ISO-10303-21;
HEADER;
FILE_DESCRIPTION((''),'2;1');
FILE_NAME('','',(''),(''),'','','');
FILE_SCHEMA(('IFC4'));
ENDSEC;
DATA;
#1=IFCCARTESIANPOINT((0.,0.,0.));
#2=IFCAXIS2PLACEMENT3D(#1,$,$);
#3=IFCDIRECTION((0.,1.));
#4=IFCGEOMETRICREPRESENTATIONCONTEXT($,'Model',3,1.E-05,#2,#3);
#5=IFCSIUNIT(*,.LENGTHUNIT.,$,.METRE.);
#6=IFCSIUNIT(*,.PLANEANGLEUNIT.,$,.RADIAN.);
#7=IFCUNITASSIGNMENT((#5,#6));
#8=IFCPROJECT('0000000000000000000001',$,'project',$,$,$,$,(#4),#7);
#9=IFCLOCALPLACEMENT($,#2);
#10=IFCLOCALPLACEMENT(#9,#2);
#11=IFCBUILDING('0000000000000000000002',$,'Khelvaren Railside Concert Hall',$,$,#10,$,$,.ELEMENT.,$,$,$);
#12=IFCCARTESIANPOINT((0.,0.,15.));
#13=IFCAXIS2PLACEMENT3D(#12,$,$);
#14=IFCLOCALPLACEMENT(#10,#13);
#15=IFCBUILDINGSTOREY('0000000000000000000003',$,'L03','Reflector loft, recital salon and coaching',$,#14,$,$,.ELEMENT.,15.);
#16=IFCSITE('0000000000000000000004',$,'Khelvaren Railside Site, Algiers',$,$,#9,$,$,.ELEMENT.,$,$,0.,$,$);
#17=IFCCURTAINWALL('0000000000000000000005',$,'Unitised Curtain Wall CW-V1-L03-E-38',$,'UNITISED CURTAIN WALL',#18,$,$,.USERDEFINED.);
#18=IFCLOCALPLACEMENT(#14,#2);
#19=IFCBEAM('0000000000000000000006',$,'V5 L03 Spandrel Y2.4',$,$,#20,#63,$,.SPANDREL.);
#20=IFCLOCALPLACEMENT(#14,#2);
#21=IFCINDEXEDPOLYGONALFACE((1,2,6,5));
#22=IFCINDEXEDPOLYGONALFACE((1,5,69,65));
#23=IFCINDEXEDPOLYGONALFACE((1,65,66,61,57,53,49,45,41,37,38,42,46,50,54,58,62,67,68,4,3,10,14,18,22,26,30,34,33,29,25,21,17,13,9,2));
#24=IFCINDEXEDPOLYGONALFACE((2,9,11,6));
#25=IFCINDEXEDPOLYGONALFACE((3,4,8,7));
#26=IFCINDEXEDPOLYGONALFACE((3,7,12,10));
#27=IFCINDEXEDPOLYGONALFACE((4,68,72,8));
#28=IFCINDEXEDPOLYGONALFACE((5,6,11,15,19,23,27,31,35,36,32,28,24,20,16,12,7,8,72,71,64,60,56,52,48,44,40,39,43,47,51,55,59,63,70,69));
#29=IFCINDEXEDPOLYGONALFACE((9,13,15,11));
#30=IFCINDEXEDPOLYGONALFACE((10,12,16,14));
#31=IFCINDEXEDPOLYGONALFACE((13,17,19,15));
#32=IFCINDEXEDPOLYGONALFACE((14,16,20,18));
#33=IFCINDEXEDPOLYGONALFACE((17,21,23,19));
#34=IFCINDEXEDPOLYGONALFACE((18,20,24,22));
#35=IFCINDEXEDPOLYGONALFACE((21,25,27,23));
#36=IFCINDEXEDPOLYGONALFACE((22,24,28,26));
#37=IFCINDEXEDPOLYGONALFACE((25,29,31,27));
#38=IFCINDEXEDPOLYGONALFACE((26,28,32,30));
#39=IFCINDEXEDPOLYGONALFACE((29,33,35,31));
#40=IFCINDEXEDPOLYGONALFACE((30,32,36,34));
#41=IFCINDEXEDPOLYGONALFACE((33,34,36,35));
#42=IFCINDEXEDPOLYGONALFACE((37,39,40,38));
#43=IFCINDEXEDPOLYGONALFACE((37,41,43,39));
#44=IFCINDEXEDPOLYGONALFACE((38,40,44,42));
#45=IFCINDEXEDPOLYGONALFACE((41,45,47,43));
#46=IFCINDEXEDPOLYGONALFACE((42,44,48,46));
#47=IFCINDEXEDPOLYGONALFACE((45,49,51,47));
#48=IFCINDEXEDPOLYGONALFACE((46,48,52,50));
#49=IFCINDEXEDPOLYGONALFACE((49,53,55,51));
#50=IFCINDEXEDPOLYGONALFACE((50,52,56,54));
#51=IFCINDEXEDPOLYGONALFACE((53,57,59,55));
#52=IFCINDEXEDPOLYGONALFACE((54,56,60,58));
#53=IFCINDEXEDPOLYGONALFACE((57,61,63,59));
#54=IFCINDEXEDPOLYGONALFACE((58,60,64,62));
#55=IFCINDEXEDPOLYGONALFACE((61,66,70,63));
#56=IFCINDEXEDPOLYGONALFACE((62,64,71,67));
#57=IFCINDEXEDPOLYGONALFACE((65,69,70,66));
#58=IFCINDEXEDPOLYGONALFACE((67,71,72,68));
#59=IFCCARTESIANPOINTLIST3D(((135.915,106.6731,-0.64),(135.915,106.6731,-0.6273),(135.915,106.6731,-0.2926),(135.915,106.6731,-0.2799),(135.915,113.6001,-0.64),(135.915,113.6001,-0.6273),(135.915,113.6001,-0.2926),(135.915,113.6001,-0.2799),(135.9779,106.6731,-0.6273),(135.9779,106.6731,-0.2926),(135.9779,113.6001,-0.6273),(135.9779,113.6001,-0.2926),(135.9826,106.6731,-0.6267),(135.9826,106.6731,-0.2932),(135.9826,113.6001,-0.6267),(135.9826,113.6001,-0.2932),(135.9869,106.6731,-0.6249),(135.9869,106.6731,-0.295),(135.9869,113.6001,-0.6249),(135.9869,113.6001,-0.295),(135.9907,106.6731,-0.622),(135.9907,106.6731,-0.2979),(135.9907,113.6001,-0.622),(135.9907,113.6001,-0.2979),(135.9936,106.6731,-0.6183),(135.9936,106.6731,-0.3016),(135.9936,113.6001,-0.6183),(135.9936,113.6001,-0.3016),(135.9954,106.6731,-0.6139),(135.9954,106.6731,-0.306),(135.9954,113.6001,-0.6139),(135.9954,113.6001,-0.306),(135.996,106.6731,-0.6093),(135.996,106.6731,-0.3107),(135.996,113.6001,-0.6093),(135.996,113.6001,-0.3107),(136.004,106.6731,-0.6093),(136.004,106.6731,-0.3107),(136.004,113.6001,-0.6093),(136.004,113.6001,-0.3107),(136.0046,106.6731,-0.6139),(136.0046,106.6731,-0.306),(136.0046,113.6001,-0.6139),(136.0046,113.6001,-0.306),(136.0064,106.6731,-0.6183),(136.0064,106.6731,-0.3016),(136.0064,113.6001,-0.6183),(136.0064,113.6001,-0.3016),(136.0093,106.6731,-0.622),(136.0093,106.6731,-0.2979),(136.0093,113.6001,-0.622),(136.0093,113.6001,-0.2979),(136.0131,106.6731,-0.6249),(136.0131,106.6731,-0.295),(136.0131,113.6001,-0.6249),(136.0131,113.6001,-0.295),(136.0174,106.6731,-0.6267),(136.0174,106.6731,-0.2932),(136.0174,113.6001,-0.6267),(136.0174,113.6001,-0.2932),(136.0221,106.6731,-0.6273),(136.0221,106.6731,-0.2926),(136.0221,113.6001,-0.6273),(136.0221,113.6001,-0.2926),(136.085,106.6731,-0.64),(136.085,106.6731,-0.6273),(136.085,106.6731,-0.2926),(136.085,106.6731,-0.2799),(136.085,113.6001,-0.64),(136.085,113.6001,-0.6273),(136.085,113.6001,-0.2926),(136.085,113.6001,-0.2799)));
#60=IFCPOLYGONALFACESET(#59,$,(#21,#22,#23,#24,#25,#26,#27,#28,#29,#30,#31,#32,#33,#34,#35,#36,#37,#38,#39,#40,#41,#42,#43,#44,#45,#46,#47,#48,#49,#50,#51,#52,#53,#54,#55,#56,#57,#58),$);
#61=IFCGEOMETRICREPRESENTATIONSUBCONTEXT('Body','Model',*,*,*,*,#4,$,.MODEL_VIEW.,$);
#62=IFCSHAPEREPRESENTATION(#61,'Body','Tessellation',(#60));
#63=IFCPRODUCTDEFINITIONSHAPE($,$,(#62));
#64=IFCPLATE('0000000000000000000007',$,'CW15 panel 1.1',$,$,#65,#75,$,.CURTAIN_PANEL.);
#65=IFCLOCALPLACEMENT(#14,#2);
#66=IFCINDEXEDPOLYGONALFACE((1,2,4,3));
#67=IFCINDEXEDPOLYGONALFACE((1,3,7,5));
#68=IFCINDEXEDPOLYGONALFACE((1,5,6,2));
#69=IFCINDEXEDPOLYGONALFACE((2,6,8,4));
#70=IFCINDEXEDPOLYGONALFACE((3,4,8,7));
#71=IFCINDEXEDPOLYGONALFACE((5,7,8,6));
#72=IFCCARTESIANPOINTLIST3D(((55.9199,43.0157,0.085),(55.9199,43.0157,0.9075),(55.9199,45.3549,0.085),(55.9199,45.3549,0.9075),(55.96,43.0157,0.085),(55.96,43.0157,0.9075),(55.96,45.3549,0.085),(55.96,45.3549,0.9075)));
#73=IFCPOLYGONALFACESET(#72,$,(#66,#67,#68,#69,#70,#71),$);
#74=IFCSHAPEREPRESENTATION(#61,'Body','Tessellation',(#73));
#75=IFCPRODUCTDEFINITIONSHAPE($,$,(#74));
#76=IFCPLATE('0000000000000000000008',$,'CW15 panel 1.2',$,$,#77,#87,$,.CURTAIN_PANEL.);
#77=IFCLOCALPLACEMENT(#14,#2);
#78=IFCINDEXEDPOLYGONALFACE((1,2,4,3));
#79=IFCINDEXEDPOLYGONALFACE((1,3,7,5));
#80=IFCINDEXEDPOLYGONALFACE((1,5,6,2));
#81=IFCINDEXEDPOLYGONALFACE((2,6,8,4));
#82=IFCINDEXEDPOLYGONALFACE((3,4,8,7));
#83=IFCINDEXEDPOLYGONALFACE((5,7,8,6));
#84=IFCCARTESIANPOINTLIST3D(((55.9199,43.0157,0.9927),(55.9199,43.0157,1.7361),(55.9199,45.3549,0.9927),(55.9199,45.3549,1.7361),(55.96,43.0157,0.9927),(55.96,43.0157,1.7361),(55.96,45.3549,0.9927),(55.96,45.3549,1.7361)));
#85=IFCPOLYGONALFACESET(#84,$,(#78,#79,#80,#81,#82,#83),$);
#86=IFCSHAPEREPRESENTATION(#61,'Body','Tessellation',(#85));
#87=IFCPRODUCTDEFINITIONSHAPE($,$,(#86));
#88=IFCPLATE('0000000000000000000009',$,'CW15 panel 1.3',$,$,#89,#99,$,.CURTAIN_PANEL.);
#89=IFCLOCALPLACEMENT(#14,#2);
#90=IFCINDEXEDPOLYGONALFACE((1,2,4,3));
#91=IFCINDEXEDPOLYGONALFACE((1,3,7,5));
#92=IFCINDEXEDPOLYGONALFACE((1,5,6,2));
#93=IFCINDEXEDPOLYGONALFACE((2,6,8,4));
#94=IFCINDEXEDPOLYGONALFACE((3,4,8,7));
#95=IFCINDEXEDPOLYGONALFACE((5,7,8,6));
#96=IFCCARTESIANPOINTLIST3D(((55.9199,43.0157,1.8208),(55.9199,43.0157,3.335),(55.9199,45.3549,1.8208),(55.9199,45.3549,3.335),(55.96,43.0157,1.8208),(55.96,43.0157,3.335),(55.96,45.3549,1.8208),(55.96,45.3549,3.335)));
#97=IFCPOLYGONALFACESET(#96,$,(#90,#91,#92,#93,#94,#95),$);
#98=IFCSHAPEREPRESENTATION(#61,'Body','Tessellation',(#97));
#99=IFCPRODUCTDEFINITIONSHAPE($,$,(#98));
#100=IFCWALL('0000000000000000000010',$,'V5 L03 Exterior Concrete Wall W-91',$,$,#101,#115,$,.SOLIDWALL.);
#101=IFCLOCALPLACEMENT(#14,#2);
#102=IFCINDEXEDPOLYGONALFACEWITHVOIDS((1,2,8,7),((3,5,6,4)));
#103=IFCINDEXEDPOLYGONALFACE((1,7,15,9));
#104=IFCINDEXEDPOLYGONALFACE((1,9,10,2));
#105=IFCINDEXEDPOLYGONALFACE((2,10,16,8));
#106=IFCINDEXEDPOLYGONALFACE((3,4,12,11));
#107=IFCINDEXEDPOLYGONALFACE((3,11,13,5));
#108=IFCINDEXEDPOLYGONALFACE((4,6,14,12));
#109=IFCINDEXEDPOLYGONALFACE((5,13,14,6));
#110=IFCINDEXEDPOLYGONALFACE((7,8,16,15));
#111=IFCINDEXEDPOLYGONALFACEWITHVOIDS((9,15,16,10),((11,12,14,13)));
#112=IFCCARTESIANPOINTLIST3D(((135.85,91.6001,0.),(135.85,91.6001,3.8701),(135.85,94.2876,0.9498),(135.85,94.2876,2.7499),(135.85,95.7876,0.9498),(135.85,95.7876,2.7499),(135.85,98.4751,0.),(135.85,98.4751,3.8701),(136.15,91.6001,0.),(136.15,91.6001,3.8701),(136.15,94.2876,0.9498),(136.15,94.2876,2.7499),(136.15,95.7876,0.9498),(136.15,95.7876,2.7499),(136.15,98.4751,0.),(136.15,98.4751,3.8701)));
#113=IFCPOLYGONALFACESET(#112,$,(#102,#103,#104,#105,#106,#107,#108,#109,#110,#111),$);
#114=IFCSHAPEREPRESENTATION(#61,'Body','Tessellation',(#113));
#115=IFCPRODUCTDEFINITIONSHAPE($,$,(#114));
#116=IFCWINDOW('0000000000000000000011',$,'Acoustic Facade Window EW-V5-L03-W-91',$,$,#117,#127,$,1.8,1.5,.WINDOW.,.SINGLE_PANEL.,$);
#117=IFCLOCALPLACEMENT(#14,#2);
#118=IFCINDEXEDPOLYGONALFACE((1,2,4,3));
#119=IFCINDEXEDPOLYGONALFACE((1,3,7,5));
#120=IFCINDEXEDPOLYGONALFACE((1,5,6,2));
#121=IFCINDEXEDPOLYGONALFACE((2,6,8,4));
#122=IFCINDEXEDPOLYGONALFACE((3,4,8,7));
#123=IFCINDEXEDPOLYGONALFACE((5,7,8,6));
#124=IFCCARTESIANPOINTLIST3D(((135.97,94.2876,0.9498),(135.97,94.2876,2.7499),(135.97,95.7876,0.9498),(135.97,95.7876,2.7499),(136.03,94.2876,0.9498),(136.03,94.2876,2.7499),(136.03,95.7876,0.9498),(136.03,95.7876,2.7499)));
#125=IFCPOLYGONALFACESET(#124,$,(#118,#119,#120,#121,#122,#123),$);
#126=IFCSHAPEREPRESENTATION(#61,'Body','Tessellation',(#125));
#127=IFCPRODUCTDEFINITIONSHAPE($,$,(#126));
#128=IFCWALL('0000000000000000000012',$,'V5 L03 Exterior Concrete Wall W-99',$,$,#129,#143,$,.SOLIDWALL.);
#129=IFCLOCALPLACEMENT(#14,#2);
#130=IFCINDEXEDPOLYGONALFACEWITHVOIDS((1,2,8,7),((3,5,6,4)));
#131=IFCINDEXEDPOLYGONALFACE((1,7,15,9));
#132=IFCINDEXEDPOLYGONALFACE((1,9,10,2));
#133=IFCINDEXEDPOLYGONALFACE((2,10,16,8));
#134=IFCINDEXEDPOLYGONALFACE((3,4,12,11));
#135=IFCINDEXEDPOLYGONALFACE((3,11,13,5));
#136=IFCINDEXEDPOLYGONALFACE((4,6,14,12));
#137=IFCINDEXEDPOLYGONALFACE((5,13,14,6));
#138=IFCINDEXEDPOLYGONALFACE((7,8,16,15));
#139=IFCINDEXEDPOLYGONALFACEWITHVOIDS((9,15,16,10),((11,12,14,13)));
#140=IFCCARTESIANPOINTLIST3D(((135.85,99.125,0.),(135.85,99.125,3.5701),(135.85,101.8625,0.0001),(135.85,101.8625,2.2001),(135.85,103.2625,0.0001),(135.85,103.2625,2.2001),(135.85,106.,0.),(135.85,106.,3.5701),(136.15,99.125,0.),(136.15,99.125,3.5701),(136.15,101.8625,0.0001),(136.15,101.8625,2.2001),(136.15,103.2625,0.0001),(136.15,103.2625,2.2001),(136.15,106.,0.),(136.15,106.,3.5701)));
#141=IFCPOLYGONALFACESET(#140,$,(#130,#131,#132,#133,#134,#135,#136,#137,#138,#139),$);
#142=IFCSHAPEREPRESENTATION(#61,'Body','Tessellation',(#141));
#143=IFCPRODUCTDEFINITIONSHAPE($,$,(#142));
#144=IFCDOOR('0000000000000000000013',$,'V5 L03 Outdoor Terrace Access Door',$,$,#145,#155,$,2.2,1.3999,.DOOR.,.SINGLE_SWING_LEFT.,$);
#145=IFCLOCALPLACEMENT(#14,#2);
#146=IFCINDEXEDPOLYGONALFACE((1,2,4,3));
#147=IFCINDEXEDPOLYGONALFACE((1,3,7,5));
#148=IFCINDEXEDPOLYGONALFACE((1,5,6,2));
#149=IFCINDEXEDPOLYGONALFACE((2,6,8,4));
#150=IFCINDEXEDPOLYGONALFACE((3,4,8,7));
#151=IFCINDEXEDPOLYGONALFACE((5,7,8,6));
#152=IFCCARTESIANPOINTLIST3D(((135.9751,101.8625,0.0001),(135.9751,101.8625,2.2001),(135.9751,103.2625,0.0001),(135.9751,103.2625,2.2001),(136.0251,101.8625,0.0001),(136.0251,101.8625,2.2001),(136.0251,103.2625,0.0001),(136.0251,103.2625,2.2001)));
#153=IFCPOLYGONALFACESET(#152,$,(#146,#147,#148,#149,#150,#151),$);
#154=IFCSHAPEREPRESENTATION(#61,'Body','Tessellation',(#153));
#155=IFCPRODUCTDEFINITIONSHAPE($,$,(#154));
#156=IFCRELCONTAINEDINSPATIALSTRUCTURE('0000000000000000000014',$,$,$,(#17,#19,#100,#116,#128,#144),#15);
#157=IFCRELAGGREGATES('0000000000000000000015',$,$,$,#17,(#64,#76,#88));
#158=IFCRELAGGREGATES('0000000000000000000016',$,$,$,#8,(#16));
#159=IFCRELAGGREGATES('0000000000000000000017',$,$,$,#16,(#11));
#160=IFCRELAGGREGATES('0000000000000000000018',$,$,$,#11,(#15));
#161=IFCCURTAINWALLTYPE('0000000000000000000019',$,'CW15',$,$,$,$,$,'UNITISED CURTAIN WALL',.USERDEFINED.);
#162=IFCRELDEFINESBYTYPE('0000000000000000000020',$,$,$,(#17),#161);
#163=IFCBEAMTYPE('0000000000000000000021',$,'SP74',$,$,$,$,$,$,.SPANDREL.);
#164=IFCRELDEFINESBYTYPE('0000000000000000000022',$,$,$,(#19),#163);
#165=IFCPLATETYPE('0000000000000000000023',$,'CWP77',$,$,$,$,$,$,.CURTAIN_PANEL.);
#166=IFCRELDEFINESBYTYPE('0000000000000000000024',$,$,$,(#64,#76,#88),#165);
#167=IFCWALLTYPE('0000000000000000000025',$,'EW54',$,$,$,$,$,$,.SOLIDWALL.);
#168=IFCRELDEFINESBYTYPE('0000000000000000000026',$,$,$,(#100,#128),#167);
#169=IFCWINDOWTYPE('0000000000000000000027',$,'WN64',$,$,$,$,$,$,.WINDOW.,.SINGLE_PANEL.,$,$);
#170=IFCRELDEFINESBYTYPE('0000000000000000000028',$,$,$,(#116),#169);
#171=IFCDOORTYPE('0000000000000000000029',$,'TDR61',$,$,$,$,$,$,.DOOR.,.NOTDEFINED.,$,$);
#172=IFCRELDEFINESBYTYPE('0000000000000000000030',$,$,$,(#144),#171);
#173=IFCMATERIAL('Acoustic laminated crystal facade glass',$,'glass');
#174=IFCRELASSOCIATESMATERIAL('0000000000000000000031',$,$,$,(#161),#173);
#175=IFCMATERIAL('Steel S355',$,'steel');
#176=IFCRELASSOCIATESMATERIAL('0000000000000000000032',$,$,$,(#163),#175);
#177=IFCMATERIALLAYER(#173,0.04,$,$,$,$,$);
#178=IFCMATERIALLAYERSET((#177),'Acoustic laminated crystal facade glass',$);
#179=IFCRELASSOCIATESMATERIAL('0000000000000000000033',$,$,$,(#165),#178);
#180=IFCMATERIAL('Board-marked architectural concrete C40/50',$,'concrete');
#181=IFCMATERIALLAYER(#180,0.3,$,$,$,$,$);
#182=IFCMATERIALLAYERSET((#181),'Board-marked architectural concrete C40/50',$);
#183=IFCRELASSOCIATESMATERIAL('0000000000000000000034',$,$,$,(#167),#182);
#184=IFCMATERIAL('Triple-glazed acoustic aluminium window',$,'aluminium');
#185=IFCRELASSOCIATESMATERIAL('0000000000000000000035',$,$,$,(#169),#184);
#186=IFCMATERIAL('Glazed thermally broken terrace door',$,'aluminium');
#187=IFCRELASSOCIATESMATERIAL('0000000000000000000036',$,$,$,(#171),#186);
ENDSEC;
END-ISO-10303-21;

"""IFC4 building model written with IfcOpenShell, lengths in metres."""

from ifc_helpers import new_model, si_unit, direction, frame, frame_2d, origin, origin_2d, place, context, subcontext, project, spatial, rectangle, i_section, extrude, material, layer, layer_set, material_profile, profile_set, type_object, element, fill, aggregate, save


model = new_model("IFC4")

# Units and contexts
model_context = context("Model", 3, precision=1e-05, world=origin(), true_north=direction((0.0, 1.0)))
body_context = subcontext(model_context, "Body", "Model", "MODEL_VIEW")
ifc_project = project(units=[si_unit("LENGTHUNIT", "METRE"), si_unit("PLANEANGLEUNIT", "RADIAN")], contexts=[model_context])

# Site, building, storey
site_placement = place(None, origin())
site = spatial("IfcSite", under=ifc_project, at=site_placement, Name="Khelvaren Railside Site, Algiers", CompositionType="ELEMENT", RefElevation=0.0)
building_placement = place(site_placement, origin())
building = spatial("IfcBuilding", under=site, at=building_placement, Name="Khelvaren Railside Concert Hall", CompositionType="ELEMENT")
storey_placement = place(building_placement, frame((0.0, 0.0, 15.0)))
storey = spatial("IfcBuildingStorey", under=building, at=storey_placement, Name="L03", Description="Reflector loft, recital salon and coaching", CompositionType="ELEMENT", Elevation=15.0)

# Curtain wall
ifc_material_1 = material(Name="Acoustic laminated crystal facade glass", Category="glass")
curtain_wall_type = type_object("IfcCurtainWallType", Name="CW15", ElementType="UNITISED CURTAIN WALL", PredefinedType="USERDEFINED", material=ifc_material_1)
curtain_wall_placement = place(storey_placement, origin())
curtain_wall = element("IfcCurtainWall", 1, at=curtain_wall_placement, inside=storey, type_object=curtain_wall_type, Name="Unitised Curtain Wall CW-V1-L03-E-38", ObjectType="UNITISED CURTAIN WALL", PredefinedType="USERDEFINED")

# Beam
ifc_material_2 = material(Name="Steel S355", Category="steel")
ifc_material_profile_1 = material_profile(ifc_material_2, i_section(OverallWidth=0.1699, OverallDepth=0.3601, WebThickness=0.0081, FlangeThickness=0.0127, FilletRadius=0.0181, at=origin_2d()), Name="IPE 360")
ifc_profile_set_1 = profile_set([ifc_material_profile_1], Name="Steel S355")
beam_type_1 = type_object("IfcBeamType", Name="SP74", PredefinedType="SPANDREL", material=ifc_profile_set_1)
beam_1_placement = place(storey_placement, frame((136.0, 106.6731, -0.46), z_axis=(0.0, 1.0, 0.0), x_axis=(-1.0, 0.0, 0.0)))
element("IfcBeam", 2, at=beam_1_placement, inside=storey, type_object=beam_type_1, Name="V5 L03 Spandrel Y2.4", PredefinedType="SPANDREL", context=body_context, shape_type="SweptSolid", body=[
    extrude(i_section(OverallWidth=0.1699, OverallDepth=0.3601, WebThickness=0.0081, FlangeThickness=0.0127, FilletRadius=0.0181, at=origin_2d()), origin(), (0.0, 0.0, 1.0), 6.927),
])

# Plates
ifc_layer_1 = layer(ifc_material_1, 0.04)
ifc_layer_set_1 = layer_set([ifc_layer_1], Name="Acoustic laminated crystal facade glass")
plate_type = type_object("IfcPlateType", Name="CWP77", PredefinedType="CURTAIN_PANEL", material=ifc_layer_set_1)
plate_1_placement = place(storey_placement, frame((55.9399, 44.1853, 0.085), z_axis=(0.0, 0.0, 1.0), x_axis=(0.0, -1.0, 0.0)))
plate_1 = element("IfcPlate", 3, at=plate_1_placement, type_object=plate_type, Name="CW15 panel 1.1", PredefinedType="CURTAIN_PANEL", context=body_context, shape_type="SweptSolid", body=[
    extrude(rectangle(XDim=2.3391, YDim=0.04, at=origin_2d()), origin(), (0.0, 0.0, 1.0), 0.8225),
])
plate_2_placement = place(storey_placement, frame((55.9399, 44.1853, 0.9927), z_axis=(0.0, 0.0, 1.0), x_axis=(0.0, -1.0, 0.0)))
plate_2 = element("IfcPlate", 4, at=plate_2_placement, type_object=plate_type, Name="CW15 panel 1.2", PredefinedType="CURTAIN_PANEL", context=body_context, shape_type="SweptSolid", body=[
    extrude(rectangle(XDim=2.3391, YDim=0.04, at=origin_2d()), origin(), (0.0, 0.0, 1.0), 0.7434),
])
plate_3_placement = place(storey_placement, frame((55.9399, 44.1853, 1.8208), z_axis=(0.0, 0.0, 1.0), x_axis=(0.0, -1.0, 0.0)))
plate_3 = element("IfcPlate", 5, at=plate_3_placement, type_object=plate_type, Name="CW15 panel 1.3", PredefinedType="CURTAIN_PANEL", context=body_context, shape_type="SweptSolid", body=[
    extrude(rectangle(XDim=2.3391, YDim=0.04, at=origin_2d()), origin(), (0.0, 0.0, 1.0), 1.5142),
])
aggregate(curtain_wall, [plate_1, plate_2, plate_3])

# Wall, opening, window
ifc_material_3 = material(Name="Board-marked architectural concrete C40/50", Category="concrete")
ifc_layer_2 = layer(ifc_material_3, 0.3)
ifc_layer_set_2 = layer_set([ifc_layer_2], Name="Board-marked architectural concrete C40/50")
wall_type = type_object("IfcWallType", Name="EW54", PredefinedType="SOLIDWALL", material=ifc_layer_set_2)
wall_1_placement = place(storey_placement, frame((136.0, 91.6001, 0.0), z_axis=(0.0, 0.0, 1.0), x_axis=(0.0, 1.0, 0.0)))
wall_1 = element("IfcWall", 6, at=wall_1_placement, inside=storey, type_object=wall_type, Name="V5 L03 Exterior Concrete Wall W-91", PredefinedType="SOLIDWALL", context=body_context, shape_type="SweptSolid", body=[
    extrude(rectangle(XDim=6.875, YDim=0.3, at=frame_2d((3.4375, 0.0))), origin(), (0.0, 0.0, 1.0), 3.8701),
])
opening_1_placement = place(wall_1_placement, frame((2.6875, 0.0, 0.95)))
opening_1 = element("IfcOpeningElement", 7, at=opening_1_placement, cuts=wall_1, PredefinedType="OPENING", context=body_context, shape_type="SweptSolid", body=[
    extrude(rectangle(XDim=1.5, YDim=1.8, at=frame_2d((0.75, 0.8999))), frame((0.0, 0.1599, 0.0), z_axis=(0.0, -1.0, 0.0), x_axis=(1.0, 0.0, 0.0)), (0.0, 0.0, 1.0), 0.3201),
])
ifc_material_4 = material(Name="Triple-glazed acoustic aluminium window", Category="aluminium")
window_type_1 = type_object("IfcWindowType", Name="WN64", PartitioningType="SINGLE_PANEL", PredefinedType="WINDOW", material=ifc_material_4)
window_1_placement = place(opening_1_placement, origin())
window_1 = element("IfcWindow", 8, at=window_1_placement, inside=storey, type_object=window_type_1, Name="Acoustic Facade Window EW-V5-L03-W-91", OverallHeight=1.8, OverallWidth=1.5, PartitioningType="SINGLE_PANEL", PredefinedType="WINDOW", context=body_context, shape_type="SweptSolid", body=[
    extrude(rectangle(XDim=1.5, YDim=1.8, at=frame_2d((0.75, 0.8999))), frame((0.0, 0.03, 0.0), z_axis=(0.0, -1.0, 0.0), x_axis=(1.0, 0.0, 0.0)), (0.0, 0.0, 1.0), 0.0601),
])
fill(opening_1, window_1)

# Wall, opening, door
wall_2_placement = place(storey_placement, frame((136.0, 99.125, 0.0), z_axis=(0.0, 0.0, 1.0), x_axis=(0.0, 1.0, 0.0)))
wall_2 = element("IfcWall", 9, at=wall_2_placement, inside=storey, type_object=wall_type, Name="V5 L03 Exterior Concrete Wall W-99", PredefinedType="SOLIDWALL", context=body_context, shape_type="SweptSolid", body=[
    extrude(rectangle(XDim=6.875, YDim=0.3, at=frame_2d((3.4375, 0.0))), origin(), (0.0, 0.0, 1.0), 3.5701),
])
opening_2_placement = place(wall_2_placement, frame((2.7375, 0.0, 0.0)))
opening_2 = element("IfcOpeningElement", 10, at=opening_2_placement, cuts=wall_2, PredefinedType="OPENING", context=body_context, shape_type="SweptSolid", body=[
    extrude(rectangle(XDim=1.3999, YDim=2.2, at=frame_2d((0.7, 1.1001))), frame((0.0, 0.1599, 0.0), z_axis=(0.0, -1.0, 0.0), x_axis=(1.0, 0.0, 0.0)), (0.0, 0.0, 1.0), 0.3201),
])
ifc_material_5 = material(Name="Glazed thermally broken terrace door", Category="aluminium")
door_type = type_object("IfcDoorType", Name="TDR61", OperationType="NOTDEFINED", PredefinedType="DOOR", material=ifc_material_5)
door_placement = place(opening_2_placement, origin())
door = element("IfcDoor", 11, at=door_placement, inside=storey, type_object=door_type, Name="V5 L03 Outdoor Terrace Access Door", OperationType="SINGLE_SWING_LEFT", OverallHeight=2.2, OverallWidth=1.3999, PredefinedType="DOOR", context=body_context, shape_type="SweptSolid", body=[
    extrude(rectangle(XDim=1.3999, YDim=2.2, at=frame_2d((0.7, 1.1001))), frame((0.0, 0.0249, 0.0), z_axis=(0.0, -1.0, 0.0), x_axis=(1.0, 0.0, 0.0)), (0.0, 0.0, 1.0), 0.05),
])
fill(opening_2, door)

save(model, "model.ifc")
